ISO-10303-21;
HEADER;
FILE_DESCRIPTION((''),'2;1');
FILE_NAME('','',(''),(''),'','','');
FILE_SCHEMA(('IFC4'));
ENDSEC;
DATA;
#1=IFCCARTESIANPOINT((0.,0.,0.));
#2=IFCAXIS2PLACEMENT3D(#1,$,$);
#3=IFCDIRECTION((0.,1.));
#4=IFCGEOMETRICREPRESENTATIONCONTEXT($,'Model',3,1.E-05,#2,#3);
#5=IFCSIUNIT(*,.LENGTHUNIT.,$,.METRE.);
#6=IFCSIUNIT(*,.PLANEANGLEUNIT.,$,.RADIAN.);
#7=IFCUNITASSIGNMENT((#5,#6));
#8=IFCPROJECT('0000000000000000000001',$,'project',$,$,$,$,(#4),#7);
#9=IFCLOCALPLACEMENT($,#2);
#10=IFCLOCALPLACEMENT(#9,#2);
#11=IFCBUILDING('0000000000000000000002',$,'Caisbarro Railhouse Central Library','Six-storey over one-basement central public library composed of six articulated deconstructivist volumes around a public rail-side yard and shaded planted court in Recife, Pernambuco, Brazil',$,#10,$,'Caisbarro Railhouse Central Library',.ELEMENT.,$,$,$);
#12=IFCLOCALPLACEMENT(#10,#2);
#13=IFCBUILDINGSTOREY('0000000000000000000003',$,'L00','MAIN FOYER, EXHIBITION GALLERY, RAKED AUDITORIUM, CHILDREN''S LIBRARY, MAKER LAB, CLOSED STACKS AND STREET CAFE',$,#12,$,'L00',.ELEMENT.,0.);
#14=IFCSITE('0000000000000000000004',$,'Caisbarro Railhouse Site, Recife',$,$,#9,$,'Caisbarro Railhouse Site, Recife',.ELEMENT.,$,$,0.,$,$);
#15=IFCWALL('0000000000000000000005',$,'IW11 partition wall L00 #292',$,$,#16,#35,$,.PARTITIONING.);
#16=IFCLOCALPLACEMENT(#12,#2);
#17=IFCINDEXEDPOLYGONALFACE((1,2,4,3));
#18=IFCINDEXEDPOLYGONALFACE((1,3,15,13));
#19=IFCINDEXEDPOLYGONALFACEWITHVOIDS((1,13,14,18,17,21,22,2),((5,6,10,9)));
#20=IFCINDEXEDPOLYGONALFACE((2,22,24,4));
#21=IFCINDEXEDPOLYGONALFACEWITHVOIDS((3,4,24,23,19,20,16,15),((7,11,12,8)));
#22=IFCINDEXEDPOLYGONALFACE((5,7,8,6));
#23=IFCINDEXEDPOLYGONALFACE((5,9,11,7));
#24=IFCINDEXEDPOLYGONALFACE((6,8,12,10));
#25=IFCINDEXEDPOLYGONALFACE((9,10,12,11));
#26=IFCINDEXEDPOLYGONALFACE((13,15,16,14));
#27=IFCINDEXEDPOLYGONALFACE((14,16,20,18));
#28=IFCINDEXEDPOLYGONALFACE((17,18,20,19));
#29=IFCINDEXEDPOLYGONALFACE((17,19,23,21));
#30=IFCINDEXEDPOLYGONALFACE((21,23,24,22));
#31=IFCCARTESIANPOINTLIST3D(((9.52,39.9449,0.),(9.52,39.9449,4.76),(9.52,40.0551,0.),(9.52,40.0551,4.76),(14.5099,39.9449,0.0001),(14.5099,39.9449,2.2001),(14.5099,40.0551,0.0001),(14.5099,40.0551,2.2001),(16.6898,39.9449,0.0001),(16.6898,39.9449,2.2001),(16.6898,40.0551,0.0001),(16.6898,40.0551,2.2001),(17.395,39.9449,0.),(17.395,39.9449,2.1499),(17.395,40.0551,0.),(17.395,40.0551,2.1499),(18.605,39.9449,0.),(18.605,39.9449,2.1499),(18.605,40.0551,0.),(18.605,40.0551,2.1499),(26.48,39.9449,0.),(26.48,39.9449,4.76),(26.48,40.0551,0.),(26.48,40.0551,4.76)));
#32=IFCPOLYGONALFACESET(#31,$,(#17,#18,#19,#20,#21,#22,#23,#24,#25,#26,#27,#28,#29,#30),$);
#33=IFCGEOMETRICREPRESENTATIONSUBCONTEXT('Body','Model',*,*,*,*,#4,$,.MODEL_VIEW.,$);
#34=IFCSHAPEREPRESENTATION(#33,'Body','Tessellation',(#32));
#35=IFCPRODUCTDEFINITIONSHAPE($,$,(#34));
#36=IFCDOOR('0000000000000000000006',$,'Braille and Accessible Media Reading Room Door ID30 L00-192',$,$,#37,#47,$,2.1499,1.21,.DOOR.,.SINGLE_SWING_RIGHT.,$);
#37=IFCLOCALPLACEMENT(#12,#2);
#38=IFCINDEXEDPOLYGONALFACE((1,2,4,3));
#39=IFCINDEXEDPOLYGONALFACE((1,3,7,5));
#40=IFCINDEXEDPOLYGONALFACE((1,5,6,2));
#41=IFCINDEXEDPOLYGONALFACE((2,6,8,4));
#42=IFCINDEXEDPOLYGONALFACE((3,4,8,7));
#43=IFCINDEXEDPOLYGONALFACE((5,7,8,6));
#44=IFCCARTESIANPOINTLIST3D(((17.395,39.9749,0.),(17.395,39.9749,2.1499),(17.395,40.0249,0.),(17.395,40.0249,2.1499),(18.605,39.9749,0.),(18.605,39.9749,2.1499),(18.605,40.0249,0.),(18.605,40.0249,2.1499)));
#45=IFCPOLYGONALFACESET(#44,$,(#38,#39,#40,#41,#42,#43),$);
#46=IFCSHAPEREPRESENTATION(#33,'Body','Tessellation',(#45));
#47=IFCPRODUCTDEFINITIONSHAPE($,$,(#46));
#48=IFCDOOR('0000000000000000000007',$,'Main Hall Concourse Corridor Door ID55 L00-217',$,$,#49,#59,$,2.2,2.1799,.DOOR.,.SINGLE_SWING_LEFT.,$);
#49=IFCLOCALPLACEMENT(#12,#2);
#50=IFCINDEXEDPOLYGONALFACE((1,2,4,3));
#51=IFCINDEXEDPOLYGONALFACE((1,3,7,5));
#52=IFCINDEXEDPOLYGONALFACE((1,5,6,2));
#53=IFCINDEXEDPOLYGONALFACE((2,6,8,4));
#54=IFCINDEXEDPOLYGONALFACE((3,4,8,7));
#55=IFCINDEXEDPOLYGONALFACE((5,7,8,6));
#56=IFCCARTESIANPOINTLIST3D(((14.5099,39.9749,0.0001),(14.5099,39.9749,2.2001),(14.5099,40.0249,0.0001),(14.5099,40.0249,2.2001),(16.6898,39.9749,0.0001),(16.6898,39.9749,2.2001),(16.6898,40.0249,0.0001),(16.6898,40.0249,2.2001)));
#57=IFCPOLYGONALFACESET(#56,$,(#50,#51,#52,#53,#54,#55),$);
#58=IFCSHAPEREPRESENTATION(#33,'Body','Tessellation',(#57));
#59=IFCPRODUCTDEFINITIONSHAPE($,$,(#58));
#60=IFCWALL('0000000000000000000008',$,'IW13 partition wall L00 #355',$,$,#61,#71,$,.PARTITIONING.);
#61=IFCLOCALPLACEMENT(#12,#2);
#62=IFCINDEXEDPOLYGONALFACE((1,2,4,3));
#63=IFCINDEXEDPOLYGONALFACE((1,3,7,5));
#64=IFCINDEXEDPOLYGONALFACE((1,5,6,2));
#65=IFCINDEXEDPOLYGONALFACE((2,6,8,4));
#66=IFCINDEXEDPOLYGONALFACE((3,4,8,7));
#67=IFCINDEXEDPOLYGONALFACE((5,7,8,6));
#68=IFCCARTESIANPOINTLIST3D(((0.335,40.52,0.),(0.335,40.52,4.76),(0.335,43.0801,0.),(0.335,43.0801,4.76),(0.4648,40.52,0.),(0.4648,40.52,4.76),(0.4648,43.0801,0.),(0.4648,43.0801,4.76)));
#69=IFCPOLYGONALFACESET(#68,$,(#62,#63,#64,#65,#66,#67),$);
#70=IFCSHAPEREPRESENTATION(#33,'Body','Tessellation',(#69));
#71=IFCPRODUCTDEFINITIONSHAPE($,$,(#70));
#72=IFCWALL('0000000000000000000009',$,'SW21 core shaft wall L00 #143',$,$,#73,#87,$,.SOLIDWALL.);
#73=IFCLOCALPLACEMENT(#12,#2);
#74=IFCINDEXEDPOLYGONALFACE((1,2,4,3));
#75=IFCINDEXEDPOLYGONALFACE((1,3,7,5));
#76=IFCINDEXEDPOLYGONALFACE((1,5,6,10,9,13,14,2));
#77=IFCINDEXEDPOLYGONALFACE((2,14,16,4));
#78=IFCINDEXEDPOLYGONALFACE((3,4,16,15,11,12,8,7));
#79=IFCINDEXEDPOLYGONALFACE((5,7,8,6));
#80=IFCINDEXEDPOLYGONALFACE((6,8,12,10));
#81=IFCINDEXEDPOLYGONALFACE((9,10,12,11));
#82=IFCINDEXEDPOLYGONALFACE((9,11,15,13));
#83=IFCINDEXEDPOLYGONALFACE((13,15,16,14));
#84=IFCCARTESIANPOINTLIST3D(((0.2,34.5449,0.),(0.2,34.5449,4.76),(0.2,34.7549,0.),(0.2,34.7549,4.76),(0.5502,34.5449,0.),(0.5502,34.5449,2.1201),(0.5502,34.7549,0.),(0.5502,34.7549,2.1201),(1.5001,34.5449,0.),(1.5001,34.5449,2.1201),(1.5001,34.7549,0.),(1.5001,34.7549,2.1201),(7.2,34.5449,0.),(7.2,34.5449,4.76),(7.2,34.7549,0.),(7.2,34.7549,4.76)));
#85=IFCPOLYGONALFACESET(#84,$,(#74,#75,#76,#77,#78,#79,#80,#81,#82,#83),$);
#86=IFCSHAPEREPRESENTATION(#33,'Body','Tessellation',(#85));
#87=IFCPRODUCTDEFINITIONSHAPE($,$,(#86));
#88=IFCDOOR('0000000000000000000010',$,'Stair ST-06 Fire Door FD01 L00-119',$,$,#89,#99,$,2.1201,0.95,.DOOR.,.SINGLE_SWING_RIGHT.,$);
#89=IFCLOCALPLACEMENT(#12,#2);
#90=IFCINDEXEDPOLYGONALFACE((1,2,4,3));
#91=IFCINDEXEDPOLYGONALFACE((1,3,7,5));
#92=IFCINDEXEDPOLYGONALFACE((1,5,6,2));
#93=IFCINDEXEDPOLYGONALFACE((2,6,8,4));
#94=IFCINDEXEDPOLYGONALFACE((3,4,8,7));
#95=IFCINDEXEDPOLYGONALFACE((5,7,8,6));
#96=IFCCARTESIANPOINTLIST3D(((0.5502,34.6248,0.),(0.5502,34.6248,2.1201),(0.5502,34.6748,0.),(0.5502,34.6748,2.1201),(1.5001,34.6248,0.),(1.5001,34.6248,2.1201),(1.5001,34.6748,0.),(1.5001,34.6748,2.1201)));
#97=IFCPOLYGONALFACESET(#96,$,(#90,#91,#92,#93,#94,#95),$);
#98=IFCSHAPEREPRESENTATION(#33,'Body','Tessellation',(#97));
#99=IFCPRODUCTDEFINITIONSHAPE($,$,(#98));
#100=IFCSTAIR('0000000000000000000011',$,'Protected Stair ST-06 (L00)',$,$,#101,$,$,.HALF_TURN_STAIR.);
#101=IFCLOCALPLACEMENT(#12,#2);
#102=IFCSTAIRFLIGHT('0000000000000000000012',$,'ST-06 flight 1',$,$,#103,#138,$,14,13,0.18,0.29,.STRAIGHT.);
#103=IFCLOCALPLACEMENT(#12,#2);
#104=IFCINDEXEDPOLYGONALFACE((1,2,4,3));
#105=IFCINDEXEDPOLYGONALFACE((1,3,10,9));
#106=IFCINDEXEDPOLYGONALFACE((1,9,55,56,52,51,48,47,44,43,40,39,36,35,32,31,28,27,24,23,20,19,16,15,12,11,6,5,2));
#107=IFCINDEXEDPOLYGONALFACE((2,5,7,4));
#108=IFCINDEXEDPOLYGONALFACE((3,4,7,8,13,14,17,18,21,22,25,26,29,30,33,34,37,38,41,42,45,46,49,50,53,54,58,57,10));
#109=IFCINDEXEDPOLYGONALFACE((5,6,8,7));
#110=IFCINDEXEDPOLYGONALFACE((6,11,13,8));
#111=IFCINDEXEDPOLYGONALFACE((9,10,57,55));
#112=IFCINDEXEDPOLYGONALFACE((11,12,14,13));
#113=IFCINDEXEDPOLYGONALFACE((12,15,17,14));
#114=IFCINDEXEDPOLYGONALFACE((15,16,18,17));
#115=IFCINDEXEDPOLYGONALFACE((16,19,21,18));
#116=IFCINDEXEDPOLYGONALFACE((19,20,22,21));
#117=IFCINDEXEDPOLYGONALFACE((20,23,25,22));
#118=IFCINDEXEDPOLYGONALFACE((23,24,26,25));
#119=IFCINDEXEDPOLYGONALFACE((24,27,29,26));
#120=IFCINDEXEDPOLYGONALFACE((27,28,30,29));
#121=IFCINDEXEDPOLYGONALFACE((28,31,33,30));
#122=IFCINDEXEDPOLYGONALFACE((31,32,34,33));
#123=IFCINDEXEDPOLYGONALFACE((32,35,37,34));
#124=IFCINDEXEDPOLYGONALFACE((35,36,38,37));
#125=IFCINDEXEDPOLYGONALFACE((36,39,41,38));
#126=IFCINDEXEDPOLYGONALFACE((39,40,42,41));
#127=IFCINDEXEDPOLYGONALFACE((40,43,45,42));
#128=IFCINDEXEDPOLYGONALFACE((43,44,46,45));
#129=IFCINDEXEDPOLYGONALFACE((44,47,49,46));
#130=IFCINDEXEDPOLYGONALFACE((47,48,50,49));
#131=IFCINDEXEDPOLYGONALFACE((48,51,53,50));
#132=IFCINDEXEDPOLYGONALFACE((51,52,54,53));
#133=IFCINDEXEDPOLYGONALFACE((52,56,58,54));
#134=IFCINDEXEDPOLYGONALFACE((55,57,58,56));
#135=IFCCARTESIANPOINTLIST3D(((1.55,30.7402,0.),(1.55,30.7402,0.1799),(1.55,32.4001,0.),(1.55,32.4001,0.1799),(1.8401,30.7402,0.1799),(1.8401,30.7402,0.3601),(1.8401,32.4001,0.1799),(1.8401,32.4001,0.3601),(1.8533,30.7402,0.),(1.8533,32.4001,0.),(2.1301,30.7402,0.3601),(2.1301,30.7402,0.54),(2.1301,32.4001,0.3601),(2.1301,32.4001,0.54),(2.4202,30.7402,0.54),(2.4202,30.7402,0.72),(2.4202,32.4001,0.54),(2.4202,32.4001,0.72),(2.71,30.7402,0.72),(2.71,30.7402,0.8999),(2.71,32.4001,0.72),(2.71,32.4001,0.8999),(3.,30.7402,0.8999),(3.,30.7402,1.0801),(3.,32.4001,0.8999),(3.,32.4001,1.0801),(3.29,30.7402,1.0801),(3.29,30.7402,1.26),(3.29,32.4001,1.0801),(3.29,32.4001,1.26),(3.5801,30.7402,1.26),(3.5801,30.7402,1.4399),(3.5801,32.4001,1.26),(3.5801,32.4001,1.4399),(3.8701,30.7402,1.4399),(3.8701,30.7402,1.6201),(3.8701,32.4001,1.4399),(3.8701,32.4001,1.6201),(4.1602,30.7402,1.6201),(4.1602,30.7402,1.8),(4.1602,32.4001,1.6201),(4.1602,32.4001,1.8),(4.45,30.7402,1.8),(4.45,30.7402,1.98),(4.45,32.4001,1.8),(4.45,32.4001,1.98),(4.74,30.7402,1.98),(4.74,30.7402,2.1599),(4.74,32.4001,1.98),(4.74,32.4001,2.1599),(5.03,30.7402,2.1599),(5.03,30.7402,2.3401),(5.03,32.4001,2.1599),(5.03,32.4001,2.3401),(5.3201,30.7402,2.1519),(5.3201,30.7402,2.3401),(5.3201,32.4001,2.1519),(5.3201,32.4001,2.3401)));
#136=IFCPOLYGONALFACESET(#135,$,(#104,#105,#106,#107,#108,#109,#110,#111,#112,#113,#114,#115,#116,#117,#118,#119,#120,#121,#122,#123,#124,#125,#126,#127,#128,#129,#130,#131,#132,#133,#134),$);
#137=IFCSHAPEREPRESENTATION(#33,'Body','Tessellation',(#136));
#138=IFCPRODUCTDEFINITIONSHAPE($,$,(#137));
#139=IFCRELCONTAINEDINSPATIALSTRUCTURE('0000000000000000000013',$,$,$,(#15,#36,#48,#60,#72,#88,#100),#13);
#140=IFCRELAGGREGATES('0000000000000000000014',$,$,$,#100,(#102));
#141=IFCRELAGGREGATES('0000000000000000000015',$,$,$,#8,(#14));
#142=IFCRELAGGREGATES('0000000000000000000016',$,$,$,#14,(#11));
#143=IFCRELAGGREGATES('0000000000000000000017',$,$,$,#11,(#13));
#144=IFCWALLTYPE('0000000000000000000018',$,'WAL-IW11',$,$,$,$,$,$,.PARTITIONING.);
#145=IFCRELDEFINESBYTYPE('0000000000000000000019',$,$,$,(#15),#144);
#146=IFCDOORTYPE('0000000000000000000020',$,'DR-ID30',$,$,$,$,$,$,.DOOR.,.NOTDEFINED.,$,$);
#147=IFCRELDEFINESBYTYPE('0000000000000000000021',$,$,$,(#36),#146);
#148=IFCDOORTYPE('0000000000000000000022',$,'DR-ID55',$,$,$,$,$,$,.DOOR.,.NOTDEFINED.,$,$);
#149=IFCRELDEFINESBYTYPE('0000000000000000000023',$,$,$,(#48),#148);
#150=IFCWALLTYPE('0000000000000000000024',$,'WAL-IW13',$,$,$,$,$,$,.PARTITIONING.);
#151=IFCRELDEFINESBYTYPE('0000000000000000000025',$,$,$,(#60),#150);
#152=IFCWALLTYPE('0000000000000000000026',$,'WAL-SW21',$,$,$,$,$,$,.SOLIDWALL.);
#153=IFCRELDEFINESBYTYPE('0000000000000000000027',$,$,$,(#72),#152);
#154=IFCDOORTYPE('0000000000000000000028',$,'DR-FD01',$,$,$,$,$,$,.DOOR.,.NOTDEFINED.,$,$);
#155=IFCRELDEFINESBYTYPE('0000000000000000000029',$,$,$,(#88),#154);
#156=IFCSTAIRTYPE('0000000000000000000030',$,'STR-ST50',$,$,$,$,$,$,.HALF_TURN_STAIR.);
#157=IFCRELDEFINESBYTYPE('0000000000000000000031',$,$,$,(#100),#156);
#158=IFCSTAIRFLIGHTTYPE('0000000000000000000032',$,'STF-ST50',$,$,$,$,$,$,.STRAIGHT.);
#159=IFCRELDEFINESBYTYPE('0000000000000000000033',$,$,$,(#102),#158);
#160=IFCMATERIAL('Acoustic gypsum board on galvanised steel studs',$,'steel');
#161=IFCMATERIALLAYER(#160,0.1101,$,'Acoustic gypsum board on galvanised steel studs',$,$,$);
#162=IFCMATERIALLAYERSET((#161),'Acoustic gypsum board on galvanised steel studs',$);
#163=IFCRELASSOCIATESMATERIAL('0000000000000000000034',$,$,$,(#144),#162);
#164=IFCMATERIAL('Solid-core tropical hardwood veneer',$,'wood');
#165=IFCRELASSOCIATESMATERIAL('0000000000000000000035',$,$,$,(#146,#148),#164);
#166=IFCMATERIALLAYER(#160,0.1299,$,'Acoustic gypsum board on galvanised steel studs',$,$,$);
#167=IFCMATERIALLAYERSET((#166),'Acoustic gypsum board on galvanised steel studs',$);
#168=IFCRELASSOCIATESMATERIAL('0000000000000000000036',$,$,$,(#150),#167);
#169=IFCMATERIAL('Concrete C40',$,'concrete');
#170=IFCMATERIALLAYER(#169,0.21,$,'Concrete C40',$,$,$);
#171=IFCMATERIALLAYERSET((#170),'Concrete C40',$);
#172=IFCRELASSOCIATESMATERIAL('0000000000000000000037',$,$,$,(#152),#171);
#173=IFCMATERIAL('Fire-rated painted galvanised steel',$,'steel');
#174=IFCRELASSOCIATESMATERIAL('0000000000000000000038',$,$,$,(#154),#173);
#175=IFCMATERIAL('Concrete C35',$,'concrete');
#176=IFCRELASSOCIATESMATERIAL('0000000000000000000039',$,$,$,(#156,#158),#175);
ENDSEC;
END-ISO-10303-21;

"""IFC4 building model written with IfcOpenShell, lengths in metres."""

from ifc_helpers import new_model, si_unit, direction, frame, frame_2d, origin, place, context, subcontext, project, spatial, polyline, rectangle, outline, extrude, material, layer, layer_set, type_object, element, fill, aggregate, save


model = new_model("IFC4")

# Units and contexts
model_context = context("Model", 3, precision=1e-05, world=origin(), true_north=direction((0.0, 1.0)))
body_context = subcontext(model_context, "Body", "Model", "MODEL_VIEW")
ifc_project = project(units=[si_unit("LENGTHUNIT", "METRE"), si_unit("PLANEANGLEUNIT", "RADIAN")], contexts=[model_context])

# Site, building, storey
site_placement = place(None, origin())
site = spatial("IfcSite", under=ifc_project, at=site_placement, Name="Caisbarro Railhouse Site, Recife", LongName="Caisbarro Railhouse Site, Recife", CompositionType="ELEMENT", RefElevation=0.0)
building_placement = place(site_placement, origin())
building = spatial("IfcBuilding", under=site, at=building_placement, Name="Caisbarro Railhouse Central Library", Description="Six-storey over one-basement central public library composed of six articulated deconstructivist volumes around a public rail-side yard and shaded planted court in Recife, Pernambuco, Brazil", LongName="Caisbarro Railhouse Central Library", CompositionType="ELEMENT")
storey_placement = place(building_placement, origin())
storey = spatial("IfcBuildingStorey", under=building, at=storey_placement, Name="L00", Description="MAIN FOYER, EXHIBITION GALLERY, RAKED AUDITORIUM, CHILDREN'S LIBRARY, MAKER LAB, CLOSED STACKS AND STREET CAFE", LongName="L00", CompositionType="ELEMENT", Elevation=0.0)

# Shared definitions
ifc_material_1 = material(Name="Concrete C40", Category="concrete")

# Shared definitions
ifc_material_2 = material(Name="Fire-rated painted galvanised steel", Category="steel")

# Wall, openings, doors
ifc_material_3 = material(Name="Acoustic gypsum board on galvanised steel studs", Category="steel")
ifc_layer_1 = layer(ifc_material_3, 0.1101, Name="Acoustic gypsum board on galvanised steel studs")
ifc_layer_set_1 = layer_set([ifc_layer_1], Name="Acoustic gypsum board on galvanised steel studs")
wall_type_1 = type_object("IfcWallType", Name="WAL-IW11", PredefinedType="PARTITIONING", material=ifc_layer_set_1)
wall_1_placement = place(storey_placement, frame((9.52, 40.0, 0.0), z_axis=(0.0, 0.0, 1.0), x_axis=(1.0, 0.0, 0.0)))
wall_1 = element("IfcWall", 1, at=wall_1_placement, inside=storey, type_object=wall_type_1, Name="IW11 partition wall L00 #292", PredefinedType="PARTITIONING", context=body_context, shape_type="SweptSolid", body=[
    extrude(rectangle(XDim=16.96, YDim=0.1101, at=frame_2d((8.48, 0.0))), origin(), (0.0, 0.0, 1.0), 4.76),
])
opening_1_placement = place(wall_1_placement, frame((7.875, 0.0, 0.0)))
opening_1 = element("IfcOpeningElement", 2, at=opening_1_placement, cuts=wall_1, PredefinedType="OPENING", context=body_context, shape_type="SweptSolid", body=[
    extrude(rectangle(XDim=1.21, YDim=2.1499, at=frame_2d((0.605, 1.075))), frame((0.0, 0.0649, 0.0), z_axis=(0.0, -1.0, 0.0), x_axis=(1.0, 0.0, 0.0)), (0.0, 0.0, 1.0), 0.1301),
])
opening_2_placement = place(wall_1_placement, frame((4.99, 0.0, 0.0)))
opening_2 = element("IfcOpeningElement", 3, at=opening_2_placement, cuts=wall_1, PredefinedType="OPENING", context=body_context, shape_type="SweptSolid", body=[
    extrude(rectangle(XDim=2.1799, YDim=2.2, at=frame_2d((1.0898, 1.1001))), frame((0.0, 0.0649, 0.0), z_axis=(0.0, -1.0, 0.0), x_axis=(1.0, 0.0, 0.0)), (0.0, 0.0, 1.0), 0.1301),
])
ifc_material_4 = material(Name="Solid-core tropical hardwood veneer", Category="wood")
door_type_1 = type_object("IfcDoorType", Name="DR-ID30", OperationType="NOTDEFINED", PredefinedType="DOOR", material=ifc_material_4)
door_1_placement = place(opening_1_placement, origin())
door_1 = element("IfcDoor", 4, at=door_1_placement, inside=storey, type_object=door_type_1, Name="Braille and Accessible Media Reading Room Door ID30 L00-192", OperationType="SINGLE_SWING_RIGHT", OverallHeight=2.1499, OverallWidth=1.21, PredefinedType="DOOR", context=body_context, shape_type="SweptSolid", body=[
    extrude(rectangle(XDim=1.21, YDim=2.1499, at=frame_2d((0.605, 1.075))), frame((0.0, 0.0249, 0.0), z_axis=(0.0, -1.0, 0.0), x_axis=(1.0, 0.0, 0.0)), (0.0, 0.0, 1.0), 0.05),
])
fill(opening_1, door_1)
door_type_2 = type_object("IfcDoorType", Name="DR-ID55", OperationType="NOTDEFINED", PredefinedType="DOOR", material=ifc_material_4)
door_2_placement = place(opening_2_placement, origin())
door_2 = element("IfcDoor", 5, at=door_2_placement, inside=storey, type_object=door_type_2, Name="Main Hall Concourse Corridor Door ID55 L00-217", OperationType="SINGLE_SWING_LEFT", OverallHeight=2.2, OverallWidth=2.1799, PredefinedType="DOOR", context=body_context, shape_type="SweptSolid", body=[
    extrude(rectangle(XDim=2.1799, YDim=2.2, at=frame_2d((1.0898, 1.1001))), frame((0.0, 0.0249, 0.0), z_axis=(0.0, -1.0, 0.0), x_axis=(1.0, 0.0, 0.0)), (0.0, 0.0, 1.0), 0.05),
])
fill(opening_2, door_2)

# Wall
ifc_layer_2 = layer(ifc_material_3, 0.1299, Name="Acoustic gypsum board on galvanised steel studs")
ifc_layer_set_2 = layer_set([ifc_layer_2], Name="Acoustic gypsum board on galvanised steel studs")
wall_type_2 = type_object("IfcWallType", Name="WAL-IW13", PredefinedType="PARTITIONING", material=ifc_layer_set_2)
wall_2_placement = place(storey_placement, frame((0.3999, 40.52, 0.0), z_axis=(0.0, 0.0, 1.0), x_axis=(0.0, 1.0, 0.0)))
element("IfcWall", 6, at=wall_2_placement, inside=storey, type_object=wall_type_2, Name="IW13 partition wall L00 #355", PredefinedType="PARTITIONING", context=body_context, shape_type="SweptSolid", body=[
    extrude(rectangle(XDim=2.5601, YDim=0.1299, at=frame_2d((1.28, 0.0))), origin(), (0.0, 0.0, 1.0), 4.76),
])

# Wall, opening, door
ifc_layer_3 = layer(ifc_material_1, 0.21, Name="Concrete C40")
ifc_layer_set_3 = layer_set([ifc_layer_3], Name="Concrete C40")
wall_type_3 = type_object("IfcWallType", Name="WAL-SW21", PredefinedType="SOLIDWALL", material=ifc_layer_set_3)
wall_3_placement = place(storey_placement, frame((0.2, 34.6499, 0.0), z_axis=(0.0, 0.0, 1.0), x_axis=(1.0, 0.0, 0.0)))
wall_3 = element("IfcWall", 7, at=wall_3_placement, inside=storey, type_object=wall_type_3, Name="SW21 core shaft wall L00 #143", PredefinedType="SOLIDWALL", context=body_context, shape_type="SweptSolid", body=[
    extrude(rectangle(XDim=7.0, YDim=0.21, at=frame_2d((3.5, 0.0))), origin(), (0.0, 0.0, 1.0), 4.76),
])
opening_3_placement = place(wall_3_placement, frame((0.3501, 0.0, 0.0)))
opening_3 = element("IfcOpeningElement", 8, at=opening_3_placement, cuts=wall_3, PredefinedType="OPENING", context=body_context, shape_type="SweptSolid", body=[
    extrude(rectangle(XDim=0.95, YDim=2.1201, at=frame_2d((0.4751, 1.0601))), frame((0.0, 0.115, 0.0), z_axis=(0.0, -1.0, 0.0), x_axis=(1.0, 0.0, 0.0)), (0.0, 0.0, 1.0), 0.23),
])
door_type_3 = type_object("IfcDoorType", Name="DR-FD01", OperationType="NOTDEFINED", PredefinedType="DOOR", material=ifc_material_2)
door_3_placement = place(opening_3_placement, origin())
door_3 = element("IfcDoor", 9, at=door_3_placement, inside=storey, type_object=door_type_3, Name="Stair ST-06 Fire Door FD01 L00-119", OperationType="SINGLE_SWING_RIGHT", OverallHeight=2.1201, OverallWidth=0.95, PredefinedType="DOOR", context=body_context, shape_type="SweptSolid", body=[
    extrude(rectangle(XDim=0.95, YDim=2.1201, at=frame_2d((0.4751, 1.0601))), frame((0.0, 0.0249, 0.0), z_axis=(0.0, -1.0, 0.0), x_axis=(1.0, 0.0, 0.0)), (0.0, 0.0, 1.0), 0.05),
])
fill(opening_3, door_3)

# Stair, stair flight
ifc_material_5 = material(Name="Concrete C35", Category="concrete")
stair_type = type_object("IfcStairType", Name="STR-ST50", PredefinedType="HALF_TURN_STAIR", material=ifc_material_5)
stair_placement = place(storey_placement, origin())
stair = element("IfcStair", 10, at=stair_placement, inside=storey, type_object=stair_type, Name="Protected Stair ST-06 (L00)", PredefinedType="HALF_TURN_STAIR")
stair_flight_type = type_object("IfcStairFlightType", Name="STF-ST50", PredefinedType="STRAIGHT", material=ifc_material_5)
stair_flight_1_placement = place(storey_placement, frame((1.55, 31.5701, 0.0), z_axis=(0.0, 0.0, 1.0), x_axis=(1.0, 0.0, 0.0)))
stair_flight_1 = element("IfcStairFlight", 11, at=stair_flight_1_placement, type_object=stair_flight_type, Name="ST-06 flight 1", NumberOfRisers=14, NumberOfTreads=13, PredefinedType="STRAIGHT", RiserHeight=0.18, TreadLength=0.29, context=body_context, shape_type="SweptSolid", body=[
    extrude(outline(polyline([(0.0, 0.0), (0.0, 0.1799), (0.29, 0.1799), (0.29, 0.3601), (0.5801, 0.3601), (0.5801, 0.54), (0.8701, 0.54), (0.8701, 0.72), (1.1599, 0.72), (1.1599, 0.8999), (1.45, 0.8999), (1.45, 1.0801), (1.74, 1.0801), (1.74, 1.26), (2.03, 1.26), (2.03, 1.4399), (2.3201, 1.4399), (2.3201, 1.6201), (2.6101, 1.6201), (2.6101, 1.8), (2.8999, 1.8), (2.8999, 1.98), (3.1899, 1.98), (3.1899, 2.1599), (3.48, 2.1599), (3.48, 2.3401), (3.77, 2.3401), (3.77, 2.52), (3.77, 2.1519), (0.3032, 0.0), (0.0, 0.0)])), frame((0.0, 0.8301, 0.0), z_axis=(0.0, -1.0, 0.0), x_axis=(1.0, 0.0, 0.0)), (0.0, 0.0, 1.0), 1.6599),
])
aggregate(stair, [stair_flight_1])

save(model, "model.ifc")
